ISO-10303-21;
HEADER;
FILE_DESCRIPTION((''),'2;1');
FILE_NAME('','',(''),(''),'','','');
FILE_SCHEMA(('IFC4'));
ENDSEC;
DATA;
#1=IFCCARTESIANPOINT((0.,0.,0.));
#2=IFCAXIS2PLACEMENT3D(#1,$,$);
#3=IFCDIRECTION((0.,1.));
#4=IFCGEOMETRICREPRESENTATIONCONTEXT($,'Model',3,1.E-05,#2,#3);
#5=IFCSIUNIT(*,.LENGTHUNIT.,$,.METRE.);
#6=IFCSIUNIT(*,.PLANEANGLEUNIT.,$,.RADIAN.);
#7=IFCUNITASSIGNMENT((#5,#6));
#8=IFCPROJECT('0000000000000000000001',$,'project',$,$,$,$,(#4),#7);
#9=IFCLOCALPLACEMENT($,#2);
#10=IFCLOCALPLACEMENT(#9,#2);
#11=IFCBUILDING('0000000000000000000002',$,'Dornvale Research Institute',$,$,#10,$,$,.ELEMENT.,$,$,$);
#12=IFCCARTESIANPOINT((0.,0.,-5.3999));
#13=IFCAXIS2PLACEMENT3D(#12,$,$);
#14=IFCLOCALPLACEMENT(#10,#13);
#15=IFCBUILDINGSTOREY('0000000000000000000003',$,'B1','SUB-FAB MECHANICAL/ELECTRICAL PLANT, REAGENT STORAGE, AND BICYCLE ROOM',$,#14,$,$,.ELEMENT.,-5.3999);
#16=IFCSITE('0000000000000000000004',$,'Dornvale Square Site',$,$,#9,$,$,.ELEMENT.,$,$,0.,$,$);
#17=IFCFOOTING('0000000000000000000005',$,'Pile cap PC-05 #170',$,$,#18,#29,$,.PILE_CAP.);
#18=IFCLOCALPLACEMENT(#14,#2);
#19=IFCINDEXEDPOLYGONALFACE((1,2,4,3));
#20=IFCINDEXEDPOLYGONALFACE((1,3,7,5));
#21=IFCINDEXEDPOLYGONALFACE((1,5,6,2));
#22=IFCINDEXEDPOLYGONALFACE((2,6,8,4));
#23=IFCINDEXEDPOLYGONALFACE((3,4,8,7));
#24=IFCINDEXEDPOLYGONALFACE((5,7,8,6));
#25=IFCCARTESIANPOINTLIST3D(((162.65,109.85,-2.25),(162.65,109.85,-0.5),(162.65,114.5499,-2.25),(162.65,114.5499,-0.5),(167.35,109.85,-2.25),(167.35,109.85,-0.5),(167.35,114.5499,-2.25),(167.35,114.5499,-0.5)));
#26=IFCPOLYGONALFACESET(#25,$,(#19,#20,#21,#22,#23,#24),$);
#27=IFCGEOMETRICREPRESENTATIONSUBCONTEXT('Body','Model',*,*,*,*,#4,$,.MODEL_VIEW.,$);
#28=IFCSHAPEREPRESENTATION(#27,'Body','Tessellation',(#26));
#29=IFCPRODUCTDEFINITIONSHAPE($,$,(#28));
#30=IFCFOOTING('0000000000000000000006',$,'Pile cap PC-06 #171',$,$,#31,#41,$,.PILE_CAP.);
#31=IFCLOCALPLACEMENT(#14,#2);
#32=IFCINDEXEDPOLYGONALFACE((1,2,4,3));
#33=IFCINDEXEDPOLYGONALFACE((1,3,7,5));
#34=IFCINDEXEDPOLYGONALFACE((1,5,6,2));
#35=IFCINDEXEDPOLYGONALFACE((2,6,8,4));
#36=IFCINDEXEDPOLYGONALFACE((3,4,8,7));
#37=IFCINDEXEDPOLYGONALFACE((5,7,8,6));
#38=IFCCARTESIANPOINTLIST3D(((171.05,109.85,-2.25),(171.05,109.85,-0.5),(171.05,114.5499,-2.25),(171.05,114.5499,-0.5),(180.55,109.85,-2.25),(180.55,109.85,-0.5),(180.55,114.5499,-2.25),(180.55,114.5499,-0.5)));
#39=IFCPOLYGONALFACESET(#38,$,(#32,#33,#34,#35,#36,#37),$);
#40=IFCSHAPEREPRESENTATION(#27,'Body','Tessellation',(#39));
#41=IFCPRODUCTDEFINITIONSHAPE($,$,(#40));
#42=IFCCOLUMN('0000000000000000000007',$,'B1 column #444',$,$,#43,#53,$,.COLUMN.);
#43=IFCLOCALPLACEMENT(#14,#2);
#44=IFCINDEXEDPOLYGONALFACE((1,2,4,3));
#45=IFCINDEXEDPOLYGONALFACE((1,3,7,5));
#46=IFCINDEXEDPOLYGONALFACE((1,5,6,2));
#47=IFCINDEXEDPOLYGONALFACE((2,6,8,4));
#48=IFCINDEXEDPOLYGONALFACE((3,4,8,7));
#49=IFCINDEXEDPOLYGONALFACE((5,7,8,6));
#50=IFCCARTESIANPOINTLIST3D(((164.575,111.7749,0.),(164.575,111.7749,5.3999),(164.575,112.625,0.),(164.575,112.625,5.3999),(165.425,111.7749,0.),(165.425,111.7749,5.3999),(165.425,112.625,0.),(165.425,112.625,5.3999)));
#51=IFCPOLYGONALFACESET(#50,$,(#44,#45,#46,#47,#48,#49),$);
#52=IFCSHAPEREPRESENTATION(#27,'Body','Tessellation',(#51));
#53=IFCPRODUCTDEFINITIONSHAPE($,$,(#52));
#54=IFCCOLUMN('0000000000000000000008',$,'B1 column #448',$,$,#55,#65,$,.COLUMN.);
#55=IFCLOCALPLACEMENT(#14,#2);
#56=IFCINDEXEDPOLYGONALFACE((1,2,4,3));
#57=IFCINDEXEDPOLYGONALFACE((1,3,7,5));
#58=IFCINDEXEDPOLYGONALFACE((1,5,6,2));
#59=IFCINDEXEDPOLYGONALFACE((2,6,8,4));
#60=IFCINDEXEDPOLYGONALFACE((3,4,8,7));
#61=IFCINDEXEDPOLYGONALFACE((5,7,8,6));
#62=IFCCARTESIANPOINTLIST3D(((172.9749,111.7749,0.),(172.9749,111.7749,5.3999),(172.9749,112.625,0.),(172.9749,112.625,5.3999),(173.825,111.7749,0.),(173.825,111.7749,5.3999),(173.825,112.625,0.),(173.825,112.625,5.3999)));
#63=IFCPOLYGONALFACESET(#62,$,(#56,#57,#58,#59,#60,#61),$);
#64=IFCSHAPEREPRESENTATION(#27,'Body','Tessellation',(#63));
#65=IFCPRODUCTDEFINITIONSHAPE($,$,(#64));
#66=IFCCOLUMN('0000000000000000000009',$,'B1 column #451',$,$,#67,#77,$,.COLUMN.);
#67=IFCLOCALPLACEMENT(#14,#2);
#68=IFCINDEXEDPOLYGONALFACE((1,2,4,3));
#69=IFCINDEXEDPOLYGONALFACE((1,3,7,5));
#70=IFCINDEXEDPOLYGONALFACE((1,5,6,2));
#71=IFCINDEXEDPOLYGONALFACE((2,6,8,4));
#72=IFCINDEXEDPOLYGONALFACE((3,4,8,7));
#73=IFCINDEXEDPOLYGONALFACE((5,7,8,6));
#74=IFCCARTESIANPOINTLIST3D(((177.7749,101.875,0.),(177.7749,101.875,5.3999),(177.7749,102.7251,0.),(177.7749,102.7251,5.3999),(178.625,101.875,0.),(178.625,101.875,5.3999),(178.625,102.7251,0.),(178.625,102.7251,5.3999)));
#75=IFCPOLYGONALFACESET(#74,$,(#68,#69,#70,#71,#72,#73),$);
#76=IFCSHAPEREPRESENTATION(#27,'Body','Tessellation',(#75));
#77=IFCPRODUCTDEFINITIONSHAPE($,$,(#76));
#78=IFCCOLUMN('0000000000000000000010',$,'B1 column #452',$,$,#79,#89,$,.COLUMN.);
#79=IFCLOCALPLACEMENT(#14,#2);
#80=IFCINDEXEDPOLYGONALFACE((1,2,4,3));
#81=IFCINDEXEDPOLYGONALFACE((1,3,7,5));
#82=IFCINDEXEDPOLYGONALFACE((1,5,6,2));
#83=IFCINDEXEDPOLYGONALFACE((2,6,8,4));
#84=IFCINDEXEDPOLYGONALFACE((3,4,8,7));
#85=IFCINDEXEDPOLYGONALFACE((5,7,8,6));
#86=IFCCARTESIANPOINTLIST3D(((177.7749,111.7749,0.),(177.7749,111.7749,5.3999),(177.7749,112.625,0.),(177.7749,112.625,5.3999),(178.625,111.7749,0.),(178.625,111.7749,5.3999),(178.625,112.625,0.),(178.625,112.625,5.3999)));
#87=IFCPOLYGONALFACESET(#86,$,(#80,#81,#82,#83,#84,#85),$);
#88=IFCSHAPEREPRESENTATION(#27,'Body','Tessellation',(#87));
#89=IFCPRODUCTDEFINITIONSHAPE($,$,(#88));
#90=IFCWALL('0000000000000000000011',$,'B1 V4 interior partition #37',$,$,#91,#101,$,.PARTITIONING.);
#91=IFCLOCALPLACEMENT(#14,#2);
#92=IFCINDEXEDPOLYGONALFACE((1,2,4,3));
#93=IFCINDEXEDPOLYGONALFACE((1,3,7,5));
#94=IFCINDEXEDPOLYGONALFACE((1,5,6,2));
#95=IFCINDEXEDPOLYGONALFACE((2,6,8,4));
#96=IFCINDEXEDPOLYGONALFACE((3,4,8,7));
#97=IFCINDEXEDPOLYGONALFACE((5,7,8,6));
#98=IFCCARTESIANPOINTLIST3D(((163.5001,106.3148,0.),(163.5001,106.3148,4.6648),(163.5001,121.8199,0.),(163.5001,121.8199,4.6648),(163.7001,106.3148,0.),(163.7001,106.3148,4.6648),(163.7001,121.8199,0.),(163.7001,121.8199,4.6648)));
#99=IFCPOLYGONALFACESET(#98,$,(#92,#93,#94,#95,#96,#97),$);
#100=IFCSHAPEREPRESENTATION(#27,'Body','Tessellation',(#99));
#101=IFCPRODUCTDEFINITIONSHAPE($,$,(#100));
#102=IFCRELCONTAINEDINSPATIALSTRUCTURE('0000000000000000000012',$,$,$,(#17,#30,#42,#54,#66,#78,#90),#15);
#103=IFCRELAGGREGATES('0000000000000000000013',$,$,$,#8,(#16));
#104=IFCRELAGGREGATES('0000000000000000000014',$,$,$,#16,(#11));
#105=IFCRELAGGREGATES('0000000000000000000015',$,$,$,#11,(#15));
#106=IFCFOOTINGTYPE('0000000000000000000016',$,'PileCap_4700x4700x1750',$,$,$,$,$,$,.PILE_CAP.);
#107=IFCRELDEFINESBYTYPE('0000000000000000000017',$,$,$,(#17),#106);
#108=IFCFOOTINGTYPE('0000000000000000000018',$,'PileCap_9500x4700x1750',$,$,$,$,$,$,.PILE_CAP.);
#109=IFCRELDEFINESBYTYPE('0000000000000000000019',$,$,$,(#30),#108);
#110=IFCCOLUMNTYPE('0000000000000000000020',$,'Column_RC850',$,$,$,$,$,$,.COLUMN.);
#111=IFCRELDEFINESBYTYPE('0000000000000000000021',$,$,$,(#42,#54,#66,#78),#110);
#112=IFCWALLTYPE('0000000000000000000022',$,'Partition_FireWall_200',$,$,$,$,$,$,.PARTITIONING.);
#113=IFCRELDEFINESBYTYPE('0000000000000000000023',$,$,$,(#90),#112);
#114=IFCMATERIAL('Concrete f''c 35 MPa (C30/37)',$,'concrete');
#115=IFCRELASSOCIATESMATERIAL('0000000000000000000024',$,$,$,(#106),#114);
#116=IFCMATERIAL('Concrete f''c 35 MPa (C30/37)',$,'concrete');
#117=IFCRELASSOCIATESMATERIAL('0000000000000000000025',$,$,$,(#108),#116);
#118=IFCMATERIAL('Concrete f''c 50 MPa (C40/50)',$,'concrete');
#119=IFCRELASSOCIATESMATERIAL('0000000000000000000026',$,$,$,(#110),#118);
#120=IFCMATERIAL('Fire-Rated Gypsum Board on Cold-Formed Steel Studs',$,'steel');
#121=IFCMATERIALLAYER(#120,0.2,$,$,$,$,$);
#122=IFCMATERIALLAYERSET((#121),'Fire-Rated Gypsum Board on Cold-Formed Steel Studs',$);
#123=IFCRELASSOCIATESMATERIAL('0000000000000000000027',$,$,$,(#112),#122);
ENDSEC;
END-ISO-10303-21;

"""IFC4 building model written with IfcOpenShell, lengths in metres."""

from ifc_helpers import new_model, si_unit, direction, frame, frame_2d, origin, origin_2d, place, context, subcontext, project, spatial, rectangle, extrude, material, layer, layer_set, material_profile, profile_set, type_object, element, save


model = new_model("IFC4")

# Units and contexts
model_context = context("Model", 3, precision=1e-05, world=origin(), true_north=direction((0.0, 1.0)))
body_context = subcontext(model_context, "Body", "Model", "MODEL_VIEW")
ifc_project = project(units=[si_unit("LENGTHUNIT", "METRE"), si_unit("PLANEANGLEUNIT", "RADIAN")], contexts=[model_context])

# Site, building, storey
site_placement = place(None, origin())
site = spatial("IfcSite", under=ifc_project, at=site_placement, Name="Dornvale Square Site", CompositionType="ELEMENT", RefElevation=0.0)
building_placement = place(site_placement, origin())
building = spatial("IfcBuilding", under=site, at=building_placement, Name="Dornvale Research Institute", CompositionType="ELEMENT")
storey_placement = place(building_placement, frame((0.0, 0.0, -5.3999)))
storey = spatial("IfcBuildingStorey", under=building, at=storey_placement, Name="B1", Description="SUB-FAB MECHANICAL/ELECTRICAL PLANT, REAGENT STORAGE, AND BICYCLE ROOM", CompositionType="ELEMENT", Elevation=-5.3999)

# Footings
ifc_material_1 = material(Name="Concrete f'c 35 MPa (C30/37)", Category="concrete")
footing_type_1 = type_object("IfcFootingType", Name="PileCap_4700x4700x1750", PredefinedType="PILE_CAP", material=ifc_material_1)
footing_1_placement = place(storey_placement, frame((165.0, 112.2, -2.25), z_axis=(0.0, 0.0, 1.0), x_axis=(1.0, 0.0, 0.0)))
element("IfcFooting", 1, at=footing_1_placement, inside=storey, type_object=footing_type_1, Name="Pile cap PC-05 #170", PredefinedType="PILE_CAP", context=body_context, shape_type="SweptSolid", body=[
    extrude(rectangle(XDim=4.7, YDim=4.7, at=origin_2d()), origin(), (0.0, 0.0, 1.0), 1.75),
])
ifc_material_2 = material(Name="Concrete f'c 35 MPa (C30/37)", Category="concrete")
footing_type_2 = type_object("IfcFootingType", Name="PileCap_9500x4700x1750", PredefinedType="PILE_CAP", material=ifc_material_2)
footing_2_placement = place(storey_placement, frame((175.8, 112.2, -2.25), z_axis=(0.0, 0.0, 1.0), x_axis=(1.0, 0.0, 0.0)))
element("IfcFooting", 2, at=footing_2_placement, inside=storey, type_object=footing_type_2, Name="Pile cap PC-06 #171", PredefinedType="PILE_CAP", context=body_context, shape_type="SweptSolid", body=[
    extrude(rectangle(XDim=9.5, YDim=4.7, at=origin_2d()), origin(), (0.0, 0.0, 1.0), 1.75),
])

# Columns
ifc_material_3 = material(Name="Concrete f'c 50 MPa (C40/50)", Category="concrete")
ifc_material_profile_1 = material_profile(ifc_material_3, rectangle(XDim=0.8501, YDim=0.8501, at=origin_2d()), Name="RC 850x850")
ifc_profile_set_1 = profile_set([ifc_material_profile_1], Name="Concrete f'c 50 MPa (C40/50)")
column_type = type_object("IfcColumnType", Name="Column_RC850", PredefinedType="COLUMN", material=ifc_profile_set_1)
for number, where, z_axis, x_axis, name in (
    (3, (165.0, 112.2, 0.0), (0.0, 0.0, 1.0), (1.0, 0.0, 0.0), "B1 column #444"),
    (4, (173.3999, 112.2, 0.0), (0.0, 0.0, 1.0), (1.0, 0.0, 0.0), "B1 column #448"),
    (5, (178.2, 102.3, 0.0), (0.0, 0.0, 1.0), (1.0, 0.0, 0.0), "B1 column #451"),
    (6, (178.2, 112.2, 0.0), (0.0, 0.0, 1.0), (1.0, 0.0, 0.0), "B1 column #452"),
):
    element("IfcColumn", number, at=place(storey_placement, frame(where, z_axis=z_axis, x_axis=x_axis)), inside=storey, type_object=column_type, Name=name, PredefinedType="COLUMN", context=body_context, shape_type="SweptSolid", body=[
        extrude(rectangle(XDim=0.8501, YDim=0.8501, at=origin_2d()), origin(), (0.0, 0.0, 1.0), 5.3999),
    ])

# Wall
ifc_material_4 = material(Name="Fire-Rated Gypsum Board on Cold-Formed Steel Studs", Category="steel")
ifc_layer = layer(ifc_material_4, 0.2)
ifc_layer_set = layer_set([ifc_layer], Name="Fire-Rated Gypsum Board on Cold-Formed Steel Studs")
wall_type = type_object("IfcWallType", Name="Partition_FireWall_200", PredefinedType="PARTITIONING", material=ifc_layer_set)
wall_placement = place(storey_placement, frame((163.6001, 106.3149, 0.0), z_axis=(0.0, 0.0, 1.0), x_axis=(0.0, 1.0, 0.0)))
element("IfcWall", 7, at=wall_placement, inside=storey, type_object=wall_type, Name="B1 V4 interior partition #37", PredefinedType="PARTITIONING", context=body_context, shape_type="SweptSolid", body=[
    extrude(rectangle(XDim=15.5051, YDim=0.2, at=frame_2d((7.7524, 0.0))), origin(), (0.0, 0.0, 1.0), 4.6648),
])

save(model, "model.ifc")
